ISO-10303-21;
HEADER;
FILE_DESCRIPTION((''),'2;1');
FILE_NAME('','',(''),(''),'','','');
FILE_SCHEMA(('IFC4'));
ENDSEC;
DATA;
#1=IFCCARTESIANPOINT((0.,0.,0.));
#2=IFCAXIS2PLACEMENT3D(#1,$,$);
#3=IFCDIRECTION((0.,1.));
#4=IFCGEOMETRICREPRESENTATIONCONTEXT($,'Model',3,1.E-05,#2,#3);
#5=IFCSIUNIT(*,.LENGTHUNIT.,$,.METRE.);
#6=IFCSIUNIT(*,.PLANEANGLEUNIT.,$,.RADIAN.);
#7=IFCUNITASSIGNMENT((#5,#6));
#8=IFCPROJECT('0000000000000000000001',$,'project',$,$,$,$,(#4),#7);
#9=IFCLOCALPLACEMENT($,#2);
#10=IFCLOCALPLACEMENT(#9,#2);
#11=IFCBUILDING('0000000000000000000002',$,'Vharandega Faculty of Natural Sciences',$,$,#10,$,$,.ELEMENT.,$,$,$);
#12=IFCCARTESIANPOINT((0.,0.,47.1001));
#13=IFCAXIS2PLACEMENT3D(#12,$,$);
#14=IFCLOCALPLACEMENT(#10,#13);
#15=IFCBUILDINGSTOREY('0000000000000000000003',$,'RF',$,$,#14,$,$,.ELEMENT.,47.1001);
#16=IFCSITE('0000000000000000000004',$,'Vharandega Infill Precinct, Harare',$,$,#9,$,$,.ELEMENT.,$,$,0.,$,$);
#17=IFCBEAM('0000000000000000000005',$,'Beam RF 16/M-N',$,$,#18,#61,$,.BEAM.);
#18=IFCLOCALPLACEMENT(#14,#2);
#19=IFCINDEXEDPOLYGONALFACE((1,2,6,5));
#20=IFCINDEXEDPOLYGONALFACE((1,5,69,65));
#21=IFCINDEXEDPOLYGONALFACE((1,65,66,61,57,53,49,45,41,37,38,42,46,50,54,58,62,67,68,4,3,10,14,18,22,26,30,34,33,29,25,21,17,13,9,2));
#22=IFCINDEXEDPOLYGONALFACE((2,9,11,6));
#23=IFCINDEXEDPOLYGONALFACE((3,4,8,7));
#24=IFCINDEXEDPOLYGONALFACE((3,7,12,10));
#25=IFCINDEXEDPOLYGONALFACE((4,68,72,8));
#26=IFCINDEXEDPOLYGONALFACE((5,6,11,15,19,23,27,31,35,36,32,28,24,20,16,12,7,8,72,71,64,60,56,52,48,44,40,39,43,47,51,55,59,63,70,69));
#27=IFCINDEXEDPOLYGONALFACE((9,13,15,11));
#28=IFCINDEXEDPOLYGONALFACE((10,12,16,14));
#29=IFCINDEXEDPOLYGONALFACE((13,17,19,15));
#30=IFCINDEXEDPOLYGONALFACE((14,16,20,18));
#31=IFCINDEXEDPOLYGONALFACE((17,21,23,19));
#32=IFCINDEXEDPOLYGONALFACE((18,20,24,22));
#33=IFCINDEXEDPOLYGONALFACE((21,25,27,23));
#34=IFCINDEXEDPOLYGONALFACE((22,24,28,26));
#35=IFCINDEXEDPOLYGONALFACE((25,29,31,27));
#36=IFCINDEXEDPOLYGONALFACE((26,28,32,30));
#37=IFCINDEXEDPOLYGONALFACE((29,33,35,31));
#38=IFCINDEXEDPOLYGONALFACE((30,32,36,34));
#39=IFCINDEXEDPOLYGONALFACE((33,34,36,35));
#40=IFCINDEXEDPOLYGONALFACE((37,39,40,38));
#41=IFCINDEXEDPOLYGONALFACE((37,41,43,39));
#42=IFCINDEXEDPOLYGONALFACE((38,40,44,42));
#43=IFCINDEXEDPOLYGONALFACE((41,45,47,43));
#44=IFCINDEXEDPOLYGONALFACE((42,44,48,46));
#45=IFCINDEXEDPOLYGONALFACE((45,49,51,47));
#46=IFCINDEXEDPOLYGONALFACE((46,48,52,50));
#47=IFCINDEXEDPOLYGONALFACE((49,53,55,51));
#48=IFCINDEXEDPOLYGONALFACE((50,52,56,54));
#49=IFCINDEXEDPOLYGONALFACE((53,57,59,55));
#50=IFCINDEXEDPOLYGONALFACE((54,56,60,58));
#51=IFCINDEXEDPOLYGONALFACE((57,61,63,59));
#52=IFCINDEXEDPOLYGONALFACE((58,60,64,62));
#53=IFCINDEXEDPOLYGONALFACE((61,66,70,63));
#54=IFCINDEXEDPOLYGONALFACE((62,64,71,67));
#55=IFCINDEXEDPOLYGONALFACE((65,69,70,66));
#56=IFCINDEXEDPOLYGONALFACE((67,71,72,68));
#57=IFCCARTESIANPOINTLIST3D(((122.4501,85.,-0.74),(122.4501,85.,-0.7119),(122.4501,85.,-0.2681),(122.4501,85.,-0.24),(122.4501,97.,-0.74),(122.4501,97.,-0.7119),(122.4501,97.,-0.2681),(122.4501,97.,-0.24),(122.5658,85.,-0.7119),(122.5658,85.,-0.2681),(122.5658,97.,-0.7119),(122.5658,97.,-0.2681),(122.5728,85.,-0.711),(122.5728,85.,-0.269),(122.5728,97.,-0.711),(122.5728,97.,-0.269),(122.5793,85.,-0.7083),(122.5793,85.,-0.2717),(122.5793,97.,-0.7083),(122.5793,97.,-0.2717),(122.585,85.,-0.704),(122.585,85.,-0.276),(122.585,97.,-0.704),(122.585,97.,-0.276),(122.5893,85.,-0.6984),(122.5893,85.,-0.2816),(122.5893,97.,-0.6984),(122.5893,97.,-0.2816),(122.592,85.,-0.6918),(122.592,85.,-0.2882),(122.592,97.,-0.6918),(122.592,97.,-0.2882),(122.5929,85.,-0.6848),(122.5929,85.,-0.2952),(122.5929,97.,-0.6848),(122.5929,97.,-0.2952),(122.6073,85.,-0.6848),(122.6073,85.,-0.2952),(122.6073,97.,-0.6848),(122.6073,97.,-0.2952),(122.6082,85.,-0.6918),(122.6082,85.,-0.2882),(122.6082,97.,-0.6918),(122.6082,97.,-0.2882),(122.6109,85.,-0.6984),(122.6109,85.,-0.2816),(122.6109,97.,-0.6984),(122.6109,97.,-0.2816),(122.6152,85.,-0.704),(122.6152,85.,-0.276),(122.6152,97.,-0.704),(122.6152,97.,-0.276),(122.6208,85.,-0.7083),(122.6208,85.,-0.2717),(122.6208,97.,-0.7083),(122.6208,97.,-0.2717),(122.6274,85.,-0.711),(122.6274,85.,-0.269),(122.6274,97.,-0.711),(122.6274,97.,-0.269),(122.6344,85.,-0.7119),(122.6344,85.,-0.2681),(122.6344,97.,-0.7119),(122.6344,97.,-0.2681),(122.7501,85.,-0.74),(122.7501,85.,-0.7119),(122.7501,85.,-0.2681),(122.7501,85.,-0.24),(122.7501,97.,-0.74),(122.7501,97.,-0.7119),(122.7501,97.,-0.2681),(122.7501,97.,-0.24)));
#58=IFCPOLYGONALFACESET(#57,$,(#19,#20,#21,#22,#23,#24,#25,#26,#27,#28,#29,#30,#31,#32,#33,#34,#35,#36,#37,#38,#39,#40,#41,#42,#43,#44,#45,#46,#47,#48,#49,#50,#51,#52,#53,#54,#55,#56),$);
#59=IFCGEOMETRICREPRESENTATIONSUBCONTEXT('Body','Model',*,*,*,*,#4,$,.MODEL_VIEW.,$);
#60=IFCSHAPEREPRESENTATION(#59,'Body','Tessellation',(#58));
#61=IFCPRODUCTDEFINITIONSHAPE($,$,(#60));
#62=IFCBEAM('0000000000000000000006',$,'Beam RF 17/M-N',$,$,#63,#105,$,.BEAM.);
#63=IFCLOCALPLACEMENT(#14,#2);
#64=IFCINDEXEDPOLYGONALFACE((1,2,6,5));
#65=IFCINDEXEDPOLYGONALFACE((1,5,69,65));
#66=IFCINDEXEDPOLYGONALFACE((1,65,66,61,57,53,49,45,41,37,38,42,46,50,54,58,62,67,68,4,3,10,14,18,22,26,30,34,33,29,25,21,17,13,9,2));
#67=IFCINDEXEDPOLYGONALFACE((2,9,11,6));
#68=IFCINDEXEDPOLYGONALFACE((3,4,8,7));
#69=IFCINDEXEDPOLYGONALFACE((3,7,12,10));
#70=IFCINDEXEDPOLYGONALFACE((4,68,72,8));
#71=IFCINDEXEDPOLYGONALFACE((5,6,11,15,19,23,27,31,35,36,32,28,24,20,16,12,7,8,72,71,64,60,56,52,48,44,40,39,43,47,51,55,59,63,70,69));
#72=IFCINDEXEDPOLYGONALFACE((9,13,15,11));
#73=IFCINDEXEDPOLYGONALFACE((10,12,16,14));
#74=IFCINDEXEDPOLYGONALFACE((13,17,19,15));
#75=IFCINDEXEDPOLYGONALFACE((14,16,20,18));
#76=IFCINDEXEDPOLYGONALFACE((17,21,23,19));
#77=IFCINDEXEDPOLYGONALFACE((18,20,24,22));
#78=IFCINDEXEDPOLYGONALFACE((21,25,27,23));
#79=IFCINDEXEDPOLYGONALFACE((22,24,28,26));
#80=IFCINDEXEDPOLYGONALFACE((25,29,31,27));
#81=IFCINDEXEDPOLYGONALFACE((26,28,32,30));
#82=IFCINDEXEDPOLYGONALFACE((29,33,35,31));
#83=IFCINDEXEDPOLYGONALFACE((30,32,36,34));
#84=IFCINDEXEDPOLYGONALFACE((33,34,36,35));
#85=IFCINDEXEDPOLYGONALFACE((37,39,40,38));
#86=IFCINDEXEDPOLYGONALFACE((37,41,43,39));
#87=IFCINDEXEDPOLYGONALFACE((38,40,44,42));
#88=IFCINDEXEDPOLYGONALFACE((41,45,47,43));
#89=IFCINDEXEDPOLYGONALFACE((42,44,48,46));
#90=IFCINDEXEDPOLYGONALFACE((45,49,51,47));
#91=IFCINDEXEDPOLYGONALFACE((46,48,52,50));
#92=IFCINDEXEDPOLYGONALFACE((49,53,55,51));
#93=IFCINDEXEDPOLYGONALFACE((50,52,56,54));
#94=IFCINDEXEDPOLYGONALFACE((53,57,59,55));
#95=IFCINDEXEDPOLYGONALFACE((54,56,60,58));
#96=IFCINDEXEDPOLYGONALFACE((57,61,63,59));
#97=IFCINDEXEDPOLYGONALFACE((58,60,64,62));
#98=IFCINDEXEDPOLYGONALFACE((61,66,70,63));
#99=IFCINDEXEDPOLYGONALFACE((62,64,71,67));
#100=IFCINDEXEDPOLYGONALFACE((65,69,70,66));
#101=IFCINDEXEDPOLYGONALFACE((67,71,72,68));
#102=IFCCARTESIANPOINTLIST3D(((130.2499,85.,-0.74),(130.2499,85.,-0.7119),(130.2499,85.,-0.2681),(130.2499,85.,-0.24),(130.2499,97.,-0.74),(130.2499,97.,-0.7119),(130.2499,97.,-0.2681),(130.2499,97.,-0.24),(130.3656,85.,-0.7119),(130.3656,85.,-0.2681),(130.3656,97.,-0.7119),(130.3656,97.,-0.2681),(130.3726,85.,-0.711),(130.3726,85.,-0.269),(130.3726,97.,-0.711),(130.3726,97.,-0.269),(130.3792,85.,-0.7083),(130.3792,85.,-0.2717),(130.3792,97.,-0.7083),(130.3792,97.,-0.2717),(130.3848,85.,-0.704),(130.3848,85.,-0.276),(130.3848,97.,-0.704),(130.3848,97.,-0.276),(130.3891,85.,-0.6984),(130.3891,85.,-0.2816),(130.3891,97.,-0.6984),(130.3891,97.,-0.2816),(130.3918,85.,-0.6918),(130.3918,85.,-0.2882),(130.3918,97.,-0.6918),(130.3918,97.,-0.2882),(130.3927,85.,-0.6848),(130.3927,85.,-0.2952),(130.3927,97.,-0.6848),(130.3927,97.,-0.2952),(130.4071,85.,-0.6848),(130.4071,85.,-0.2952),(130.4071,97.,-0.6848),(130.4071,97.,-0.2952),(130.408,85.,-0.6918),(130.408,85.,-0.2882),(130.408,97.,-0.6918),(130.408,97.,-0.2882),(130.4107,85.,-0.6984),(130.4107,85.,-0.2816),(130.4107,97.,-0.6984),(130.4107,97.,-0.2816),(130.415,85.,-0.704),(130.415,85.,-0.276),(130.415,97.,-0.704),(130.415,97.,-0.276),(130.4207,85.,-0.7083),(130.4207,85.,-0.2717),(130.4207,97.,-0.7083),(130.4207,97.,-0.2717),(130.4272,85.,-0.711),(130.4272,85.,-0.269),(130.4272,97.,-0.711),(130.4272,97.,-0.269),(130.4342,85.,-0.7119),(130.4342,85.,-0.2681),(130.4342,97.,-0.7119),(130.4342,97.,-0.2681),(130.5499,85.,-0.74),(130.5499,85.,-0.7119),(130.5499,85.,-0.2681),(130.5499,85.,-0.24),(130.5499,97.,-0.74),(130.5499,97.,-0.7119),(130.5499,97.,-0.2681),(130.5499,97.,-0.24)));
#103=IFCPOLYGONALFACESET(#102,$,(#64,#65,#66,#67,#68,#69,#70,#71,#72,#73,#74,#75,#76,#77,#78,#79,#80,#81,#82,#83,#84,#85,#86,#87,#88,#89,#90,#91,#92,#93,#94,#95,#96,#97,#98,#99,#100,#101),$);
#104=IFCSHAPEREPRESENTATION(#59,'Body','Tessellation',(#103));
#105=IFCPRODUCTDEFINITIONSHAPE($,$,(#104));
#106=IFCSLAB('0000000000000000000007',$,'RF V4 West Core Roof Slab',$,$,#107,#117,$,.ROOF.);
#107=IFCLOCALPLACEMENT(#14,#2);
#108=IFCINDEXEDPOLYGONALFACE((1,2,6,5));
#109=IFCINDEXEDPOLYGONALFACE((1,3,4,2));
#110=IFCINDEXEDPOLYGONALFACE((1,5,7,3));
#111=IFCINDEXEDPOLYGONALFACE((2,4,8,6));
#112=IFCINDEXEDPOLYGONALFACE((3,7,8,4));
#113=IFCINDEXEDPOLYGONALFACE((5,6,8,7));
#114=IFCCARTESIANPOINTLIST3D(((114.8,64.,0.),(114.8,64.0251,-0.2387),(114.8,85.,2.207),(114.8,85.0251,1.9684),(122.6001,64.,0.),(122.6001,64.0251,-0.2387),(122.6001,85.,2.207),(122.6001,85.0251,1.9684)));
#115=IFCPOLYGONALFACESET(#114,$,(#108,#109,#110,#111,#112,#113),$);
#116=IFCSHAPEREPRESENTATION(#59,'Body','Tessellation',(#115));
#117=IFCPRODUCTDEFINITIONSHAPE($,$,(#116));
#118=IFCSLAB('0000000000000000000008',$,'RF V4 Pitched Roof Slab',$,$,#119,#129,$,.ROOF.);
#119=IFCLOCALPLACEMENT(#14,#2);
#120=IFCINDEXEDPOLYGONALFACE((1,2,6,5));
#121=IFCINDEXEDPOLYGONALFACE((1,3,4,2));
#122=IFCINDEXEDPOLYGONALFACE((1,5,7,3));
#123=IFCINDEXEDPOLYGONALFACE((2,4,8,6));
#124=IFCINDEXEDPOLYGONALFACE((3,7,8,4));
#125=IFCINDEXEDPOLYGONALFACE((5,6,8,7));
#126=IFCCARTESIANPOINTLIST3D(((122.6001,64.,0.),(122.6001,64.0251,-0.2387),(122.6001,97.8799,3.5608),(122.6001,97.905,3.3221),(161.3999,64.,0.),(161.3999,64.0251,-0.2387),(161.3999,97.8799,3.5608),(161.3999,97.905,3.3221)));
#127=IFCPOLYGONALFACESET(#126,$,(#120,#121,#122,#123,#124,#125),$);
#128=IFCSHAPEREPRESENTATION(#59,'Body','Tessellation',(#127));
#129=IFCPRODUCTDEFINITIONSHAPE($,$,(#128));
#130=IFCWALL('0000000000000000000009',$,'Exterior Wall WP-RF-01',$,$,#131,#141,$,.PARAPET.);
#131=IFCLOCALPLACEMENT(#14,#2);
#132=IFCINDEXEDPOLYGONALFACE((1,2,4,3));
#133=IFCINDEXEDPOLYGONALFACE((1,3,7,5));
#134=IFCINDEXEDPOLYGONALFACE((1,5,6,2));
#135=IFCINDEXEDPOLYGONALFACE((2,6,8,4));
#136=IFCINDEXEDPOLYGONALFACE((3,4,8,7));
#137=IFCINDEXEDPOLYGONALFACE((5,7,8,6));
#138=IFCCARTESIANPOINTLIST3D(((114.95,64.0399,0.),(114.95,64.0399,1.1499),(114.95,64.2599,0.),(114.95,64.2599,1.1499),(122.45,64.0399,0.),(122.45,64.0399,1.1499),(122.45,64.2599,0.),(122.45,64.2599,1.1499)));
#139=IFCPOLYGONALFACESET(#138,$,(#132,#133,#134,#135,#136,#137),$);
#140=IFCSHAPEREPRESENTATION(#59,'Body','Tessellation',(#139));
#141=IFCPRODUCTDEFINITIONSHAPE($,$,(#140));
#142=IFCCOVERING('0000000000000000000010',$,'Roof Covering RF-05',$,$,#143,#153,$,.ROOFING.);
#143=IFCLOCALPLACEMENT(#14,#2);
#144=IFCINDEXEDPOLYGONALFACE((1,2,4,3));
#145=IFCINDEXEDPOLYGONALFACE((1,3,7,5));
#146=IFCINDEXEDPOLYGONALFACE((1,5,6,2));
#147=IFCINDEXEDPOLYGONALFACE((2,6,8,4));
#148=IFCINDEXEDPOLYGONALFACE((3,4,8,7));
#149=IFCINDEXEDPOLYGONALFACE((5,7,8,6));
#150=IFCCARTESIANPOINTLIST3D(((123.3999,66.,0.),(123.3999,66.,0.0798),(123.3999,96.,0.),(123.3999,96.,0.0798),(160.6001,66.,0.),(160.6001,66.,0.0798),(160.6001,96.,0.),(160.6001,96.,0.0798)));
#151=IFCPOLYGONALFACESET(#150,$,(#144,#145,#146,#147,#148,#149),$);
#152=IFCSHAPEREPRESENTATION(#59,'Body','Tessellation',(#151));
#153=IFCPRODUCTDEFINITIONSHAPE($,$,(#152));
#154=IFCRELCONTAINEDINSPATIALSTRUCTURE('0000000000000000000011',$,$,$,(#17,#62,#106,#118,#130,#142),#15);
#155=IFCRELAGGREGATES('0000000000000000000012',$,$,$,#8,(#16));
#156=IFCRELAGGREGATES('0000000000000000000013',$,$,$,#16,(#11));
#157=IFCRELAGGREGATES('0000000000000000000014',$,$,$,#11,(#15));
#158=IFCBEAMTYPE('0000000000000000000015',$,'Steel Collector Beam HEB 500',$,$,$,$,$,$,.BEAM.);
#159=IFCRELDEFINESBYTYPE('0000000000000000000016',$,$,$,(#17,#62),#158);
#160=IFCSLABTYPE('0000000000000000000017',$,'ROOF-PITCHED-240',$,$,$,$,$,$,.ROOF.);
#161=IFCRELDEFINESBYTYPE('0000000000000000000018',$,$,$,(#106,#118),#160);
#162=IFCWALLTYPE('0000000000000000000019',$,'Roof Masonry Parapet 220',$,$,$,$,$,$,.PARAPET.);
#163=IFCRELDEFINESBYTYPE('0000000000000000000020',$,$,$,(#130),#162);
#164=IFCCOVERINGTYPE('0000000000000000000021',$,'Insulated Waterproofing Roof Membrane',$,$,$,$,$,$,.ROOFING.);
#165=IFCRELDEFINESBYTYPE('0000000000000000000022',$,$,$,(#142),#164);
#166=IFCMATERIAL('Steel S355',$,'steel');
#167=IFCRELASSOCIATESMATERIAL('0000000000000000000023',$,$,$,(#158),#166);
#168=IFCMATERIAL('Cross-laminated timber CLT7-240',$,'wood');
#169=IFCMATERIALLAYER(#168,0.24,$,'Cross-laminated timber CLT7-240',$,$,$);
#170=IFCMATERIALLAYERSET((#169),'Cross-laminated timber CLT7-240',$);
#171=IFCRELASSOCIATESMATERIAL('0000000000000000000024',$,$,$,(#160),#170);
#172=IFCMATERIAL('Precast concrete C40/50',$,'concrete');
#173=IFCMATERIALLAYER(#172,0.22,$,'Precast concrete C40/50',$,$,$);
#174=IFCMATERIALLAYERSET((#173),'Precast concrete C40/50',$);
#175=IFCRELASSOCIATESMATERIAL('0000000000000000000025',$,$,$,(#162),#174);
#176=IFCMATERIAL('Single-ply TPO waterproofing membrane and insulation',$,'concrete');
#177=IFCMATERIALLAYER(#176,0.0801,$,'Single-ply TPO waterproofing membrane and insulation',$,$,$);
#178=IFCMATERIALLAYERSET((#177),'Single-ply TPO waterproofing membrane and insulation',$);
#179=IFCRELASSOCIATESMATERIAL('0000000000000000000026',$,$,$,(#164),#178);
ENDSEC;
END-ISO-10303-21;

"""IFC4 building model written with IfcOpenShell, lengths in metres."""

from ifc_helpers import new_model, si_unit, direction, frame, frame_2d, origin, origin_2d, place, context, subcontext, project, spatial, polyline, rectangle, i_section, outline, extrude, material, layer, layer_set, material_profile, profile_set, type_object, element, save


model = new_model("IFC4")

# Units and contexts
model_context = context("Model", 3, precision=1e-05, world=origin(), true_north=direction((0.0, 1.0)))
body_context = subcontext(model_context, "Body", "Model", "MODEL_VIEW")
ifc_project = project(units=[si_unit("LENGTHUNIT", "METRE"), si_unit("PLANEANGLEUNIT", "RADIAN")], contexts=[model_context])

# Site, building, storey
site_placement = place(None, origin())
site = spatial("IfcSite", under=ifc_project, at=site_placement, Name="Vharandega Infill Precinct, Harare", CompositionType="ELEMENT", RefElevation=0.0)
building_placement = place(site_placement, origin())
building = spatial("IfcBuilding", under=site, at=building_placement, Name="Vharandega Faculty of Natural Sciences", CompositionType="ELEMENT")
storey_placement = place(building_placement, frame((0.0, 0.0, 47.1001)))
storey = spatial("IfcBuildingStorey", under=building, at=storey_placement, Name="RF", CompositionType="ELEMENT", Elevation=47.1001)

# Beams
ifc_material_1 = material(Name="Steel S355", Category="steel")
ifc_material_profile_1 = material_profile(ifc_material_1, i_section(OverallWidth=0.3, OverallDepth=0.5, WebThickness=0.0144, FlangeThickness=0.0281, FilletRadius=0.0271, at=origin_2d()), Name="HEB 500")
ifc_profile_set_1 = profile_set([ifc_material_profile_1], Name="Steel S355")
beam_type_1 = type_object("IfcBeamType", Name="Steel Collector Beam HEB 500", PredefinedType="BEAM", material=ifc_profile_set_1)
for number, where, z_axis, x_axis, name in (
    (1, (122.6001, 85.0, -0.49), (0.0, 1.0, 0.0), (-1.0, 0.0, 0.0), "Beam RF 16/M-N"),
    (2, (130.3999, 85.0, -0.49), (0.0, 1.0, 0.0), (-1.0, 0.0, 0.0), "Beam RF 17/M-N"),
):
    element("IfcBeam", number, at=place(storey_placement, frame(where, z_axis=z_axis, x_axis=x_axis)), inside=storey, type_object=beam_type_1, Name=name, PredefinedType="BEAM", context=body_context, shape_type="SweptSolid", body=[
        extrude(i_section(OverallWidth=0.3, OverallDepth=0.5, WebThickness=0.0144, FlangeThickness=0.0281, FilletRadius=0.0271, at=origin_2d()), origin(), (0.0, 0.0, 1.0), 12.0),
    ])

# Slabs
ifc_material_2 = material(Name="Cross-laminated timber CLT7-240", Category="wood")
ifc_layer_1 = layer(ifc_material_2, 0.24, Name="Cross-laminated timber CLT7-240")
ifc_layer_set_1 = layer_set([ifc_layer_1], Name="Cross-laminated timber CLT7-240")
slab_type = type_object("IfcSlabType", Name="ROOF-PITCHED-240", PredefinedType="ROOF", material=ifc_layer_set_1)
slab_1_placement = place(storey_placement, frame((114.8, 64.0, 0.0), z_axis=(0.0, -0.104521, 0.994523), x_axis=(1.0, 0.0, 0.0)))
element("IfcSlab", 3, at=slab_1_placement, inside=storey, type_object=slab_type, Name="RF V4 West Core Roof Slab", PredefinedType="ROOF", context=body_context, shape_type="SweptSolid", body=[
    extrude(outline(polyline([(0.0, 0.0), (7.8, 0.0), (7.8, 21.1157), (0.0, 21.1157), (0.0, 0.0)])), origin(), (0.0, 0.0, -1.0), 0.24),
])
slab_2_placement = place(storey_placement, frame((122.6001, 64.0, 0.0), z_axis=(0.0, -0.104525, 0.994522), x_axis=(1.0, 0.0, 0.0)))
element("IfcSlab", 4, at=slab_2_placement, inside=storey, type_object=slab_type, Name="RF V4 Pitched Roof Slab", PredefinedType="ROOF", context=body_context, shape_type="SweptSolid", body=[
    extrude(outline(polyline([(0.0, 0.0), (38.7998, 0.0), (38.7998, 34.0665), (0.0, 34.0665), (0.0, 0.0)])), origin(), (0.0, 0.0, -1.0), 0.24),
])

# Wall
ifc_material_3 = material(Name="Precast concrete C40/50", Category="concrete")
ifc_layer_2 = layer(ifc_material_3, 0.22, Name="Precast concrete C40/50")
ifc_layer_set_2 = layer_set([ifc_layer_2], Name="Precast concrete C40/50")
wall_type = type_object("IfcWallType", Name="Roof Masonry Parapet 220", PredefinedType="PARAPET", material=ifc_layer_set_2)
wall_placement = place(storey_placement, frame((122.45, 64.1499, 0.0), z_axis=(0.0, 0.0, 1.0), x_axis=(-1.0, 0.0, 0.0)))
element("IfcWall", 5, at=wall_placement, inside=storey, type_object=wall_type, Name="Exterior Wall WP-RF-01", PredefinedType="PARAPET", context=body_context, shape_type="SweptSolid", body=[
    extrude(rectangle(XDim=7.5, YDim=0.22, at=frame_2d((3.75, 0.0))), origin(), (0.0, 0.0, 1.0), 1.1499),
])

# Covering
ifc_material_4 = material(Name="Single-ply TPO waterproofing membrane and insulation", Category="concrete")
ifc_layer_3 = layer(ifc_material_4, 0.0801, Name="Single-ply TPO waterproofing membrane and insulation")
ifc_layer_set_3 = layer_set([ifc_layer_3], Name="Single-ply TPO waterproofing membrane and insulation")
covering_type = type_object("IfcCoveringType", Name="Insulated Waterproofing Roof Membrane", PredefinedType="ROOFING", material=ifc_layer_set_3)
covering_placement = place(storey_placement, origin())
element("IfcCovering", 6, at=covering_placement, inside=storey, type_object=covering_type, Name="Roof Covering RF-05", PredefinedType="ROOFING", context=body_context, shape_type="SweptSolid", body=[
    extrude(outline(polyline([(123.3999, 66.0), (160.6001, 66.0), (160.6001, 96.0), (123.3999, 96.0), (123.3999, 66.0)])), origin(), (0.0, 0.0, 1.0), 0.0798),
])

save(model, "model.ifc")
